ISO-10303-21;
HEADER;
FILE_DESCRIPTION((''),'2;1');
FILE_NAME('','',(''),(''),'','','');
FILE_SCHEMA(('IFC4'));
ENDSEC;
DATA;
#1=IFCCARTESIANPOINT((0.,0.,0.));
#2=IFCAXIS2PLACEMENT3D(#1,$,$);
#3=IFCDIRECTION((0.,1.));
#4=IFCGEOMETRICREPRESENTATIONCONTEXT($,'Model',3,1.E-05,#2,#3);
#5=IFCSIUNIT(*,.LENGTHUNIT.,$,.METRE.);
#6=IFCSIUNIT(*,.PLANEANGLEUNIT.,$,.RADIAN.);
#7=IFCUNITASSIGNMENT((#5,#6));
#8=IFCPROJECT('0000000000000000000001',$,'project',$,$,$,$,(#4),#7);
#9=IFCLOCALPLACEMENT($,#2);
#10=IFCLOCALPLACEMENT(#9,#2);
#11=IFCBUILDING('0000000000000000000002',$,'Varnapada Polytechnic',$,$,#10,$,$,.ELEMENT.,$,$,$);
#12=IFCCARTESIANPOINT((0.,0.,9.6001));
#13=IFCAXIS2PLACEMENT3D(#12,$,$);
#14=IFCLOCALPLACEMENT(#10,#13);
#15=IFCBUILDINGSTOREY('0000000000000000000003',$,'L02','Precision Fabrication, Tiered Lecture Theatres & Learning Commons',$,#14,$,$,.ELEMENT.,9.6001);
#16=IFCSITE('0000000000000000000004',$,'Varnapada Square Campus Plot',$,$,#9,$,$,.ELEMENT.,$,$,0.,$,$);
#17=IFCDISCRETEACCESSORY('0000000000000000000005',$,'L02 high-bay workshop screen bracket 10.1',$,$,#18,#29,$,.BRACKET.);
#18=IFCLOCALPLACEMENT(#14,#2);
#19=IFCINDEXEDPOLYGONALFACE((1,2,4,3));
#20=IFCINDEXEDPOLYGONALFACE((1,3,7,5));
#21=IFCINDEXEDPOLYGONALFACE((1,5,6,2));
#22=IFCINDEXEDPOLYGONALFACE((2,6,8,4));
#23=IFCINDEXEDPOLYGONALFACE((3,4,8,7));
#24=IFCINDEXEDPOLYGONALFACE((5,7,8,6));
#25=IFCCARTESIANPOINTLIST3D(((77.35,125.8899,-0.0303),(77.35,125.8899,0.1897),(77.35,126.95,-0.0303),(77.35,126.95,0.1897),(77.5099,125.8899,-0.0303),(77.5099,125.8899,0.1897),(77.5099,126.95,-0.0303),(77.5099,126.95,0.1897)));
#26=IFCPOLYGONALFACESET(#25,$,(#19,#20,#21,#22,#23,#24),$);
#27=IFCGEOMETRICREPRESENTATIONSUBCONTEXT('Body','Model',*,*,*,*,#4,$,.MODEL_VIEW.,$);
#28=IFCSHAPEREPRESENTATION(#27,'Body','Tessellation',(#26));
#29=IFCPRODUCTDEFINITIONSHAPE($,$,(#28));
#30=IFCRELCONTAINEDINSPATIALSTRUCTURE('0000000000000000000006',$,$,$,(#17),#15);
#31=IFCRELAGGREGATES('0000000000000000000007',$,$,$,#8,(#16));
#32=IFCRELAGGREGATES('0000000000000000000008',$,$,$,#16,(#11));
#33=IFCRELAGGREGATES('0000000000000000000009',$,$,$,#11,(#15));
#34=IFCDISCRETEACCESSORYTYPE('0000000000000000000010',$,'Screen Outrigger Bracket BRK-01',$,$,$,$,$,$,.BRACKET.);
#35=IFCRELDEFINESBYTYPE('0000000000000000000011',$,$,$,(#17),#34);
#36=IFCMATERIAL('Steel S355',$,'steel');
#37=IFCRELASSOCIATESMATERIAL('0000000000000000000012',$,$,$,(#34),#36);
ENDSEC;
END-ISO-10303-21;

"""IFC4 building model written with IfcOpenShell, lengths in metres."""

from ifc_helpers import new_model, si_unit, direction, frame, origin, origin_2d, place, context, subcontext, project, spatial, rectangle, extrude, material, type_object, element, save


model = new_model("IFC4")

# Units and contexts
model_context = context("Model", 3, precision=1e-05, world=origin(), true_north=direction((0.0, 1.0)))
body_context = subcontext(model_context, "Body", "Model", "MODEL_VIEW")
ifc_project = project(units=[si_unit("LENGTHUNIT", "METRE"), si_unit("PLANEANGLEUNIT", "RADIAN")], contexts=[model_context])

# Site, building, storey
site_placement = place(None, origin())
site = spatial("IfcSite", under=ifc_project, at=site_placement, Name="Varnapada Square Campus Plot", CompositionType="ELEMENT", RefElevation=0.0)
building_placement = place(site_placement, origin())
building = spatial("IfcBuilding", under=site, at=building_placement, Name="Varnapada Polytechnic", CompositionType="ELEMENT")
storey_placement = place(building_placement, frame((0.0, 0.0, 9.6001)))
storey = spatial("IfcBuildingStorey", under=building, at=storey_placement, Name="L02", Description="Precision Fabrication, Tiered Lecture Theatres & Learning Commons", CompositionType="ELEMENT", Elevation=9.6001)

# Discrete accessory
ifc_material_1 = material(Name="Steel S355", Category="steel")
discrete_accessory_type = type_object("IfcDiscreteAccessoryType", Name="Screen Outrigger Bracket BRK-01", PredefinedType="BRACKET", material=ifc_material_1)
for number, where, z_axis, x_axis, name in (
    (1, (77.4299, 126.4199, -0.0303), (0.0, 0.0, 1.0), (1.0, 0.0, 0.0), "L02 high-bay workshop screen bracket 10.1"),
):
    element("IfcDiscreteAccessory", number, at=place(storey_placement, frame(where, z_axis=z_axis, x_axis=x_axis)), inside=storey, type_object=discrete_accessory_type, Name=name, PredefinedType="BRACKET", context=body_context, shape_type="SweptSolid", body=[
        extrude(rectangle(XDim=0.1599, YDim=1.0601, at=origin_2d()), origin(), (0.0, 0.0, 1.0), 0.22),
    ])

save(model, "model.ifc")
